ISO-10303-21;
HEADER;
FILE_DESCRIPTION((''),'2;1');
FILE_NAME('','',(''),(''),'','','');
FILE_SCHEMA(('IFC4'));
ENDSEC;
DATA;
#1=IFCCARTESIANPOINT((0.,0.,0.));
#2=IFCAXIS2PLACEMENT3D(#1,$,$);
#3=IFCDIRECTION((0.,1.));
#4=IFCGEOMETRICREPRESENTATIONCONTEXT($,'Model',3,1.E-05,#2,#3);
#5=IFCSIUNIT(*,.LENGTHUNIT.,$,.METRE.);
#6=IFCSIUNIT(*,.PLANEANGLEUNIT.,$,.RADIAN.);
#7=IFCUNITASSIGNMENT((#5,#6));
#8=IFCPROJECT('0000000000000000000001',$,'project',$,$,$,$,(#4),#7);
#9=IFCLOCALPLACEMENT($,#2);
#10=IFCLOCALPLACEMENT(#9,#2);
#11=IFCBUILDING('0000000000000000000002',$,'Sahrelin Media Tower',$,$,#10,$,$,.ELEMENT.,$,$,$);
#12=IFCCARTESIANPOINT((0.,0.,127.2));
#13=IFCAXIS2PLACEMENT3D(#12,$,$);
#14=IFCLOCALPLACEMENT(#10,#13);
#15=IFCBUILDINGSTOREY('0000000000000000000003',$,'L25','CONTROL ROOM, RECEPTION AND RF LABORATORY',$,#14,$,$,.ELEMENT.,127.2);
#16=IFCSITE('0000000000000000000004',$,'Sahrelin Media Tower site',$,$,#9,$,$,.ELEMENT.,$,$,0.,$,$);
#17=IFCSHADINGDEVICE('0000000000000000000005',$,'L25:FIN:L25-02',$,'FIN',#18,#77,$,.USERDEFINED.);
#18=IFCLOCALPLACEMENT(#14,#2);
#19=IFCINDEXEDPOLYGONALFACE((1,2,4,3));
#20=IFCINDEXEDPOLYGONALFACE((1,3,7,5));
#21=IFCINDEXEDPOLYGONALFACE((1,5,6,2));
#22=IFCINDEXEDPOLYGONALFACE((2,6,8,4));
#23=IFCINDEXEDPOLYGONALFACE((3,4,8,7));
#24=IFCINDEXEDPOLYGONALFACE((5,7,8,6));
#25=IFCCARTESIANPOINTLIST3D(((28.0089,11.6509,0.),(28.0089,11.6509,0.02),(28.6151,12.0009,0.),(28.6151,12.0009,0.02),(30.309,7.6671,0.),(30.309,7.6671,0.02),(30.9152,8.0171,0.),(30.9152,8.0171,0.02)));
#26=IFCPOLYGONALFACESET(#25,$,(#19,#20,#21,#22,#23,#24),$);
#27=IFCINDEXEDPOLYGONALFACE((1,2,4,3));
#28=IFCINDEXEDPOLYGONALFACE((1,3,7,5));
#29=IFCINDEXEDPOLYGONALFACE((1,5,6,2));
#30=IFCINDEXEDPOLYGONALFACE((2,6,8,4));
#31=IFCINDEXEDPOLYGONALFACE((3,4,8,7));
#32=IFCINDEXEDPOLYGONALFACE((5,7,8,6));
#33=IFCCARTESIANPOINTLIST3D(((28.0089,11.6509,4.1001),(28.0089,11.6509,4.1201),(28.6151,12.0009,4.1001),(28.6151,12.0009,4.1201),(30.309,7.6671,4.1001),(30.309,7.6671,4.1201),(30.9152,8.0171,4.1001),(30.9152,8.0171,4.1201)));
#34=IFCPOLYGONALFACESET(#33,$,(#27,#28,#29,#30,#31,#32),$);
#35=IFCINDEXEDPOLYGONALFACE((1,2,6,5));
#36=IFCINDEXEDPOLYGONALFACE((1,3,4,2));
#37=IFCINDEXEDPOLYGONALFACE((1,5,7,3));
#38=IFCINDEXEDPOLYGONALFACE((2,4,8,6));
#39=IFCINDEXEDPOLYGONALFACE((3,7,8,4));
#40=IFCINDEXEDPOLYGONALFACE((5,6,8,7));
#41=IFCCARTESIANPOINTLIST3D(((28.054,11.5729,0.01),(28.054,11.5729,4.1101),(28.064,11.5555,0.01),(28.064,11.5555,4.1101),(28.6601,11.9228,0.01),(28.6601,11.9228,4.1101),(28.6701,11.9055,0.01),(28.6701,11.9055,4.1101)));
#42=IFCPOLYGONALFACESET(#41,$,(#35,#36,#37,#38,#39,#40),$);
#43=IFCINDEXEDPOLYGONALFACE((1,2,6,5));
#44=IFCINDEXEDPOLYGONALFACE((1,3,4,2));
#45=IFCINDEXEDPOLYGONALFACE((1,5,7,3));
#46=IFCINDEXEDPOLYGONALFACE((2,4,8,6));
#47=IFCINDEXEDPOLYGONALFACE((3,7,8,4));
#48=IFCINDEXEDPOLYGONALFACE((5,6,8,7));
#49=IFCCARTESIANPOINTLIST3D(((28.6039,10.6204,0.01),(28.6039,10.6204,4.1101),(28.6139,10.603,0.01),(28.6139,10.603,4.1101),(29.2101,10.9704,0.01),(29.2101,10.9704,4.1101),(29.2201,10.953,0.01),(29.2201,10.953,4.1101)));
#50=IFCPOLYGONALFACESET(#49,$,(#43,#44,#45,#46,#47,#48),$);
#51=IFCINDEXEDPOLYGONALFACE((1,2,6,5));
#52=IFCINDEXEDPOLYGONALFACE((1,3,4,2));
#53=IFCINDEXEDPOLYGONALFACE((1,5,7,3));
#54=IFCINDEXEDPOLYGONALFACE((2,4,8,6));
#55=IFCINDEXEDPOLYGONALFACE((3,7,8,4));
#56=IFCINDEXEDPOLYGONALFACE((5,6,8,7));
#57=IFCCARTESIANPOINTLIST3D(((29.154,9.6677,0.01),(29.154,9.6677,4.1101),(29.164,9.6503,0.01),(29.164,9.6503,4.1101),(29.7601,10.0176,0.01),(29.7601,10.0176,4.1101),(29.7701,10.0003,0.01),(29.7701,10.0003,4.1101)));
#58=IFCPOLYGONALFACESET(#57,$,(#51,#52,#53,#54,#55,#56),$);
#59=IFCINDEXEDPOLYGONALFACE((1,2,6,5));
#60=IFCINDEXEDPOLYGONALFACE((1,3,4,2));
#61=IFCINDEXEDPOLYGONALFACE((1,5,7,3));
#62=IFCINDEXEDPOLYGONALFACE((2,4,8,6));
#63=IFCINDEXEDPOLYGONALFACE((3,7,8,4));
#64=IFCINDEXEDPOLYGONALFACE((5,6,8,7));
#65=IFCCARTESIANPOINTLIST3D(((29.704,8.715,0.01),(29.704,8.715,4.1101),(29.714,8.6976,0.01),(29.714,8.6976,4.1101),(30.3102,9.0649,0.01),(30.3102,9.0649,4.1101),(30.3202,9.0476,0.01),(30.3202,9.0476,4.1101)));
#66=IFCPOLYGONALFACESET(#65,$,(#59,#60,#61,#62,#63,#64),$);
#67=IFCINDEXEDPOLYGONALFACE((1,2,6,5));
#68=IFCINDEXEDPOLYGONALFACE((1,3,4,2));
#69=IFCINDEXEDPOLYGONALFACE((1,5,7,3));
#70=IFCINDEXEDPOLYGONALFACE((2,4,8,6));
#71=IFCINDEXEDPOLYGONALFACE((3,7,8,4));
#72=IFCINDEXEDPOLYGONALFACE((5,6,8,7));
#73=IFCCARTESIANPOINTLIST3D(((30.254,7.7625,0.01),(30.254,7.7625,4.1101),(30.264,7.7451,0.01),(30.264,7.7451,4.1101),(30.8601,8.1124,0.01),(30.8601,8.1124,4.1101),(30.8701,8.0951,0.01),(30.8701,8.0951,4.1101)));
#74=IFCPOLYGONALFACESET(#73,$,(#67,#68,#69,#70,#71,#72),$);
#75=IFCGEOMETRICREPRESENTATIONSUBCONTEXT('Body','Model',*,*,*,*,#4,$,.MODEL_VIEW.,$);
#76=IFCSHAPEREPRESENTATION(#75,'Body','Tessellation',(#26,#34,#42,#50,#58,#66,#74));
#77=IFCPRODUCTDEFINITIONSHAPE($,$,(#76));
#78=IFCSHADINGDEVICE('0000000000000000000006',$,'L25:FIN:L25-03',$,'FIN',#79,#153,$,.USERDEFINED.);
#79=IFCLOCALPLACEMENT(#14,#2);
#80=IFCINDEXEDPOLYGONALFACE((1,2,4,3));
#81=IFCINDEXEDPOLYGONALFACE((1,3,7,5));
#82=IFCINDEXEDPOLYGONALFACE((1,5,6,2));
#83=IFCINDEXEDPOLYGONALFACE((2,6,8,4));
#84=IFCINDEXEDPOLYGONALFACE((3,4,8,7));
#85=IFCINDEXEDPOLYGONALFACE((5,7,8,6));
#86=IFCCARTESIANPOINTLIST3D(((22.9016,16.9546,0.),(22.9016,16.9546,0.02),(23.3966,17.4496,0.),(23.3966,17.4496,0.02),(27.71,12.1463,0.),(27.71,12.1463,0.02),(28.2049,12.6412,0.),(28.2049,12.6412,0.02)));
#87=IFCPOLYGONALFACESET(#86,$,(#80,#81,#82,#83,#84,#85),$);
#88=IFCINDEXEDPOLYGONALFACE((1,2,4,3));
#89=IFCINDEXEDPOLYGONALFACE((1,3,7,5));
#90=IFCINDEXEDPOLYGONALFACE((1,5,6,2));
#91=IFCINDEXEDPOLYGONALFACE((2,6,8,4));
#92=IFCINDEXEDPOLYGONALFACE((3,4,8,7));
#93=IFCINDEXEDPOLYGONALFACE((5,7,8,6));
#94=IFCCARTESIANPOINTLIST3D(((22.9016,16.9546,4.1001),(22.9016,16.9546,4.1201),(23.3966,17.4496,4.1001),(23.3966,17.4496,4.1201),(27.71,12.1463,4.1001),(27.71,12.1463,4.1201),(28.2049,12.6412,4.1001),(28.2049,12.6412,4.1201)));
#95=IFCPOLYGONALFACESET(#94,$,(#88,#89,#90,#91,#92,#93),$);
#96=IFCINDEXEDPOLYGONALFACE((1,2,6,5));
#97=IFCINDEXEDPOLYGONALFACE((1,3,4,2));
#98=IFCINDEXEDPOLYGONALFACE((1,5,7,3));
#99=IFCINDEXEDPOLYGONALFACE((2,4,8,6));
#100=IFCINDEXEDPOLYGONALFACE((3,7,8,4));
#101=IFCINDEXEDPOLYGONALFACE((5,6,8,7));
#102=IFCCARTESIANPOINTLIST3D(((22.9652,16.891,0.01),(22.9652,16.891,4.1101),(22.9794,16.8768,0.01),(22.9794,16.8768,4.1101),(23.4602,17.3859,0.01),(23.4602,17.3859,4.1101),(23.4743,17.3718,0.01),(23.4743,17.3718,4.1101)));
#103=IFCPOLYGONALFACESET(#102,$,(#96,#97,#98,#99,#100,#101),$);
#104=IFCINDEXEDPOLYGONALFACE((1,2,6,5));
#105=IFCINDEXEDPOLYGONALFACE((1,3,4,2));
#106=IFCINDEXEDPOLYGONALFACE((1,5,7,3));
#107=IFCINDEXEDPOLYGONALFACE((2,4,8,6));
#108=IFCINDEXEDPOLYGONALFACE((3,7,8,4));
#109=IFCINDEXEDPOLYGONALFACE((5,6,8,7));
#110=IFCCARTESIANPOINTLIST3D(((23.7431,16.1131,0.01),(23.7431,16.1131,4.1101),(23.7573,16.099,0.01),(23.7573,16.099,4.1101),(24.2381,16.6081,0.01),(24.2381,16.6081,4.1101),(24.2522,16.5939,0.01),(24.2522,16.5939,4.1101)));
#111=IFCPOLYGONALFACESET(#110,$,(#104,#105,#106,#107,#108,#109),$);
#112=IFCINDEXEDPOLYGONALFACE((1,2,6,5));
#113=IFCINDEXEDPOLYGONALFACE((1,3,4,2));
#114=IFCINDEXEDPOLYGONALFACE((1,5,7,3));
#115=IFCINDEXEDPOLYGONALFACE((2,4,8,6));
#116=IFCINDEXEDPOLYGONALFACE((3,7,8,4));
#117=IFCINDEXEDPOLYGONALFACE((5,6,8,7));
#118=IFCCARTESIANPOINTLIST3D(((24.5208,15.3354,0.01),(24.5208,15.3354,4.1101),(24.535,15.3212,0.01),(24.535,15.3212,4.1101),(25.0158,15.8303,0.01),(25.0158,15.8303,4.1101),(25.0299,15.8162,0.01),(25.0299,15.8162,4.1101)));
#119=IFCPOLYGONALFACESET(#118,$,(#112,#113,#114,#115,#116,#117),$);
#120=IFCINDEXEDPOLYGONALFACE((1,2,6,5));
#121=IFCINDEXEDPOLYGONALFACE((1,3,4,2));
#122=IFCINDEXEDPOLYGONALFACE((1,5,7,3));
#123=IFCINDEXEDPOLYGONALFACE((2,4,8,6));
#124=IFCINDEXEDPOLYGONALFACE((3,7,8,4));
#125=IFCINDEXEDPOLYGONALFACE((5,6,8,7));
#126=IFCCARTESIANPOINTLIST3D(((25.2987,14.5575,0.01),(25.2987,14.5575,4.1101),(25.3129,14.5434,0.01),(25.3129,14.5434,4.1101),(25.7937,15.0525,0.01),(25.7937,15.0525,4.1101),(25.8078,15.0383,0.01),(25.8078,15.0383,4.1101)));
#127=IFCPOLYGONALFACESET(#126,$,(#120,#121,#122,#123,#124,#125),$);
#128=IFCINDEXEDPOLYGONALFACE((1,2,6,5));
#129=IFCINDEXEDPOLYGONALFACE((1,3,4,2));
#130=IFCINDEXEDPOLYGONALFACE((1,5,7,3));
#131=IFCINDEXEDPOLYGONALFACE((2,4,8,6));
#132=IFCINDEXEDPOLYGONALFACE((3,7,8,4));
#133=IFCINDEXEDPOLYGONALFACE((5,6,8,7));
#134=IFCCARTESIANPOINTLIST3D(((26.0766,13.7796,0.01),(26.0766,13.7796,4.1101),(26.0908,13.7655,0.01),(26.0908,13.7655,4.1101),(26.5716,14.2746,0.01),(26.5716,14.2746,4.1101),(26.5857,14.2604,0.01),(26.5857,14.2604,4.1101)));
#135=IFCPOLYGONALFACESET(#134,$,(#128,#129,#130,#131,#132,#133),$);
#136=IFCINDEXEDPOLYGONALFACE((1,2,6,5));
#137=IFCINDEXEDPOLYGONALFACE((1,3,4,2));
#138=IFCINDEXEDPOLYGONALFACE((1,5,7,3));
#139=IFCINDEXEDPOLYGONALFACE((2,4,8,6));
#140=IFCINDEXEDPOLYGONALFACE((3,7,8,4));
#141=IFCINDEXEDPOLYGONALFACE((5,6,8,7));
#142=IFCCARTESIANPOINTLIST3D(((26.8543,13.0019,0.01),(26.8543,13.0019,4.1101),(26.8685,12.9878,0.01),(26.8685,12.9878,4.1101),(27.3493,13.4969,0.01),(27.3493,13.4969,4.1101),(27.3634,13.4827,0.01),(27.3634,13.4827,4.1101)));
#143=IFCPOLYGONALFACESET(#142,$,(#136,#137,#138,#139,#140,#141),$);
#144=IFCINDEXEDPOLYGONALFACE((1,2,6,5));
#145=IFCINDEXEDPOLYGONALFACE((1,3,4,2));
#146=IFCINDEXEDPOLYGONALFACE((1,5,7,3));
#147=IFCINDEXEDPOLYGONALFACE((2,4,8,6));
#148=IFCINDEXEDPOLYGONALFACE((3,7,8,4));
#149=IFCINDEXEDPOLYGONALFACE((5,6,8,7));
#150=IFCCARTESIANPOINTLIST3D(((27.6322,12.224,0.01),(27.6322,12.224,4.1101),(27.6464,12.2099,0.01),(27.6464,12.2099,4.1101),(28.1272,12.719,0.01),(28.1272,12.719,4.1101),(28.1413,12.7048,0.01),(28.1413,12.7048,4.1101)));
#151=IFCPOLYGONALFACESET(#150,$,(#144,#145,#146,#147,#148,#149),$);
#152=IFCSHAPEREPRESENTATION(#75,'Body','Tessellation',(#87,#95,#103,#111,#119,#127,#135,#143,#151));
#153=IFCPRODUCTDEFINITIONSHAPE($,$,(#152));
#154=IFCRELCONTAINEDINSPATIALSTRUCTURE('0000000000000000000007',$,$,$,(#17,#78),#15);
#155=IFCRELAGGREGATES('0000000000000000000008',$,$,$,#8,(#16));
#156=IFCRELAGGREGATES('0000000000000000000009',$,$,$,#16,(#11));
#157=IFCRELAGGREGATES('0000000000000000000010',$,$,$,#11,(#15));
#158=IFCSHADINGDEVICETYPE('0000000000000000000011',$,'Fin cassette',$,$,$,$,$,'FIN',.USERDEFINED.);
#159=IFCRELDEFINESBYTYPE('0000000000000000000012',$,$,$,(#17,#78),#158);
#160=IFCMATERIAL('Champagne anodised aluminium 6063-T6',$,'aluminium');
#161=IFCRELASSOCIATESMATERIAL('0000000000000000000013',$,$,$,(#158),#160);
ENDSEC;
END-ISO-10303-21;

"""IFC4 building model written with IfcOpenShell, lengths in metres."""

from ifc_helpers import new_model, si_unit, direction, frame, origin, origin_2d, place, context, subcontext, project, spatial, rectangle, extrude, material, type_object, element, save


model = new_model("IFC4")

# Units and contexts
model_context = context("Model", 3, precision=1e-05, world=origin(), true_north=direction((0.0, 1.0)))
body_context = subcontext(model_context, "Body", "Model", "MODEL_VIEW")
ifc_project = project(units=[si_unit("LENGTHUNIT", "METRE"), si_unit("PLANEANGLEUNIT", "RADIAN")], contexts=[model_context])

# Site, building, storey
site_placement = place(None, origin())
site = spatial("IfcSite", under=ifc_project, at=site_placement, Name="Sahrelin Media Tower site", CompositionType="ELEMENT", RefElevation=0.0)
building_placement = place(site_placement, origin())
building = spatial("IfcBuilding", under=site, at=building_placement, Name="Sahrelin Media Tower", CompositionType="ELEMENT")
storey_placement = place(building_placement, frame((0.0, 0.0, 127.2)))
storey = spatial("IfcBuildingStorey", under=building, at=storey_placement, Name="L25", Description="CONTROL ROOM, RECEPTION AND RF LABORATORY", CompositionType="ELEMENT", Elevation=127.2)

# Shared definitions
ifc_material_1 = material(Name="Champagne anodised aluminium 6063-T6", Category="aluminium")

# Shading devices
shading_device_type_1 = type_object("IfcShadingDeviceType", Name="Fin cassette", ElementType="FIN", PredefinedType="USERDEFINED", material=ifc_material_1)
placement_1 = place(storey_placement, frame((29.0984, 9.624, 0.0), z_axis=(0.0, 0.0, 1.0), x_axis=(0.500011, -0.866019, 0.0)))
element("IfcShadingDevice", 1, at=placement_1, inside=storey, type_object=shading_device_type_1, Name="L25:FIN:L25-02", ObjectType="FIN", PredefinedType="USERDEFINED", context=body_context, shape_type="SweptSolid", body=[
    extrude(rectangle(XDim=4.6001, YDim=0.7, at=origin_2d()), frame((0.0, 0.4199, 0.0)), (0.0, 0.0, 1.0), 0.02),
    extrude(rectangle(XDim=4.6001, YDim=0.7, at=origin_2d()), frame((0.0, 0.4199, 4.1001)), (0.0, 0.0, 1.0), 0.02),
    extrude(rectangle(XDim=0.02, YDim=0.7, at=origin_2d()), frame((-2.2, 0.4199, 0.01), z_axis=(0.0, 0.0, 1.0), x_axis=(1.0, 0.0, 0.0)), (0.0, 0.0, 1.0), 4.1001),
    extrude(rectangle(XDim=0.02, YDim=0.7, at=origin_2d()), frame((-1.1001, 0.4199, 0.01), z_axis=(0.0, 0.0, 1.0), x_axis=(1.0, 0.0, 0.0)), (0.0, 0.0, 1.0), 4.1001),
    extrude(rectangle(XDim=0.02, YDim=0.7, at=origin_2d()), frame((0.0, 0.4199, 0.01), z_axis=(0.0, 0.0, 1.0), x_axis=(1.0, 0.0, 0.0)), (0.0, 0.0, 1.0), 4.1001),
    extrude(rectangle(XDim=0.02, YDim=0.7, at=origin_2d()), frame((1.1001, 0.4199, 0.01), z_axis=(0.0, 0.0, 1.0), x_axis=(1.0, 0.0, 0.0)), (0.0, 0.0, 1.0), 4.1001),
    extrude(rectangle(XDim=0.02, YDim=0.7, at=origin_2d()), frame((2.2, 0.4199, 0.01), z_axis=(0.0, 0.0, 1.0), x_axis=(1.0, 0.0, 0.0)), (0.0, 0.0, 1.0), 4.1001),
])
placement_2 = place(storey_placement, frame((25.2563, 14.501, 0.0), z_axis=(0.0, 0.0, 1.0), x_axis=(0.707107, -0.707107, 0.0)))
element("IfcShadingDevice", 2, at=placement_2, inside=storey, type_object=shading_device_type_1, Name="L25:FIN:L25-03", ObjectType="FIN", PredefinedType="USERDEFINED", context=body_context, shape_type="SweptSolid", body=[
    extrude(rectangle(XDim=6.8, YDim=0.7, at=origin_2d()), frame((0.0, 0.4199, 0.0)), (0.0, 0.0, 1.0), 0.02),
    extrude(rectangle(XDim=6.8, YDim=0.7, at=origin_2d()), frame((0.0, 0.4199, 4.1001)), (0.0, 0.0, 1.0), 0.02),
    extrude(rectangle(XDim=0.02, YDim=0.7, at=origin_2d()), frame((-3.3, 0.4199, 0.01), z_axis=(0.0, 0.0, 1.0), x_axis=(1.0, 0.0, 0.0)), (0.0, 0.0, 1.0), 4.1001),
    extrude(rectangle(XDim=0.02, YDim=0.7, at=origin_2d()), frame((-2.2, 0.4199, 0.01), z_axis=(0.0, 0.0, 1.0), x_axis=(1.0, 0.0, 0.0)), (0.0, 0.0, 1.0), 4.1001),
    extrude(rectangle(XDim=0.02, YDim=0.7, at=origin_2d()), frame((-1.1001, 0.4199, 0.01), z_axis=(0.0, 0.0, 1.0), x_axis=(1.0, 0.0, 0.0)), (0.0, 0.0, 1.0), 4.1001),
    extrude(rectangle(XDim=0.02, YDim=0.7, at=origin_2d()), frame((0.0, 0.4199, 0.01), z_axis=(0.0, 0.0, 1.0), x_axis=(1.0, 0.0, 0.0)), (0.0, 0.0, 1.0), 4.1001),
    extrude(rectangle(XDim=0.02, YDim=0.7, at=origin_2d()), frame((1.1001, 0.4199, 0.01), z_axis=(0.0, 0.0, 1.0), x_axis=(1.0, 0.0, 0.0)), (0.0, 0.0, 1.0), 4.1001),
    extrude(rectangle(XDim=0.02, YDim=0.7, at=origin_2d()), frame((2.2, 0.4199, 0.01), z_axis=(0.0, 0.0, 1.0), x_axis=(1.0, 0.0, 0.0)), (0.0, 0.0, 1.0), 4.1001),
    extrude(rectangle(XDim=0.02, YDim=0.7, at=origin_2d()), frame((3.3, 0.4199, 0.01), z_axis=(0.0, 0.0, 1.0), x_axis=(1.0, 0.0, 0.0)), (0.0, 0.0, 1.0), 4.1001),
])

save(model, "model.ifc")
